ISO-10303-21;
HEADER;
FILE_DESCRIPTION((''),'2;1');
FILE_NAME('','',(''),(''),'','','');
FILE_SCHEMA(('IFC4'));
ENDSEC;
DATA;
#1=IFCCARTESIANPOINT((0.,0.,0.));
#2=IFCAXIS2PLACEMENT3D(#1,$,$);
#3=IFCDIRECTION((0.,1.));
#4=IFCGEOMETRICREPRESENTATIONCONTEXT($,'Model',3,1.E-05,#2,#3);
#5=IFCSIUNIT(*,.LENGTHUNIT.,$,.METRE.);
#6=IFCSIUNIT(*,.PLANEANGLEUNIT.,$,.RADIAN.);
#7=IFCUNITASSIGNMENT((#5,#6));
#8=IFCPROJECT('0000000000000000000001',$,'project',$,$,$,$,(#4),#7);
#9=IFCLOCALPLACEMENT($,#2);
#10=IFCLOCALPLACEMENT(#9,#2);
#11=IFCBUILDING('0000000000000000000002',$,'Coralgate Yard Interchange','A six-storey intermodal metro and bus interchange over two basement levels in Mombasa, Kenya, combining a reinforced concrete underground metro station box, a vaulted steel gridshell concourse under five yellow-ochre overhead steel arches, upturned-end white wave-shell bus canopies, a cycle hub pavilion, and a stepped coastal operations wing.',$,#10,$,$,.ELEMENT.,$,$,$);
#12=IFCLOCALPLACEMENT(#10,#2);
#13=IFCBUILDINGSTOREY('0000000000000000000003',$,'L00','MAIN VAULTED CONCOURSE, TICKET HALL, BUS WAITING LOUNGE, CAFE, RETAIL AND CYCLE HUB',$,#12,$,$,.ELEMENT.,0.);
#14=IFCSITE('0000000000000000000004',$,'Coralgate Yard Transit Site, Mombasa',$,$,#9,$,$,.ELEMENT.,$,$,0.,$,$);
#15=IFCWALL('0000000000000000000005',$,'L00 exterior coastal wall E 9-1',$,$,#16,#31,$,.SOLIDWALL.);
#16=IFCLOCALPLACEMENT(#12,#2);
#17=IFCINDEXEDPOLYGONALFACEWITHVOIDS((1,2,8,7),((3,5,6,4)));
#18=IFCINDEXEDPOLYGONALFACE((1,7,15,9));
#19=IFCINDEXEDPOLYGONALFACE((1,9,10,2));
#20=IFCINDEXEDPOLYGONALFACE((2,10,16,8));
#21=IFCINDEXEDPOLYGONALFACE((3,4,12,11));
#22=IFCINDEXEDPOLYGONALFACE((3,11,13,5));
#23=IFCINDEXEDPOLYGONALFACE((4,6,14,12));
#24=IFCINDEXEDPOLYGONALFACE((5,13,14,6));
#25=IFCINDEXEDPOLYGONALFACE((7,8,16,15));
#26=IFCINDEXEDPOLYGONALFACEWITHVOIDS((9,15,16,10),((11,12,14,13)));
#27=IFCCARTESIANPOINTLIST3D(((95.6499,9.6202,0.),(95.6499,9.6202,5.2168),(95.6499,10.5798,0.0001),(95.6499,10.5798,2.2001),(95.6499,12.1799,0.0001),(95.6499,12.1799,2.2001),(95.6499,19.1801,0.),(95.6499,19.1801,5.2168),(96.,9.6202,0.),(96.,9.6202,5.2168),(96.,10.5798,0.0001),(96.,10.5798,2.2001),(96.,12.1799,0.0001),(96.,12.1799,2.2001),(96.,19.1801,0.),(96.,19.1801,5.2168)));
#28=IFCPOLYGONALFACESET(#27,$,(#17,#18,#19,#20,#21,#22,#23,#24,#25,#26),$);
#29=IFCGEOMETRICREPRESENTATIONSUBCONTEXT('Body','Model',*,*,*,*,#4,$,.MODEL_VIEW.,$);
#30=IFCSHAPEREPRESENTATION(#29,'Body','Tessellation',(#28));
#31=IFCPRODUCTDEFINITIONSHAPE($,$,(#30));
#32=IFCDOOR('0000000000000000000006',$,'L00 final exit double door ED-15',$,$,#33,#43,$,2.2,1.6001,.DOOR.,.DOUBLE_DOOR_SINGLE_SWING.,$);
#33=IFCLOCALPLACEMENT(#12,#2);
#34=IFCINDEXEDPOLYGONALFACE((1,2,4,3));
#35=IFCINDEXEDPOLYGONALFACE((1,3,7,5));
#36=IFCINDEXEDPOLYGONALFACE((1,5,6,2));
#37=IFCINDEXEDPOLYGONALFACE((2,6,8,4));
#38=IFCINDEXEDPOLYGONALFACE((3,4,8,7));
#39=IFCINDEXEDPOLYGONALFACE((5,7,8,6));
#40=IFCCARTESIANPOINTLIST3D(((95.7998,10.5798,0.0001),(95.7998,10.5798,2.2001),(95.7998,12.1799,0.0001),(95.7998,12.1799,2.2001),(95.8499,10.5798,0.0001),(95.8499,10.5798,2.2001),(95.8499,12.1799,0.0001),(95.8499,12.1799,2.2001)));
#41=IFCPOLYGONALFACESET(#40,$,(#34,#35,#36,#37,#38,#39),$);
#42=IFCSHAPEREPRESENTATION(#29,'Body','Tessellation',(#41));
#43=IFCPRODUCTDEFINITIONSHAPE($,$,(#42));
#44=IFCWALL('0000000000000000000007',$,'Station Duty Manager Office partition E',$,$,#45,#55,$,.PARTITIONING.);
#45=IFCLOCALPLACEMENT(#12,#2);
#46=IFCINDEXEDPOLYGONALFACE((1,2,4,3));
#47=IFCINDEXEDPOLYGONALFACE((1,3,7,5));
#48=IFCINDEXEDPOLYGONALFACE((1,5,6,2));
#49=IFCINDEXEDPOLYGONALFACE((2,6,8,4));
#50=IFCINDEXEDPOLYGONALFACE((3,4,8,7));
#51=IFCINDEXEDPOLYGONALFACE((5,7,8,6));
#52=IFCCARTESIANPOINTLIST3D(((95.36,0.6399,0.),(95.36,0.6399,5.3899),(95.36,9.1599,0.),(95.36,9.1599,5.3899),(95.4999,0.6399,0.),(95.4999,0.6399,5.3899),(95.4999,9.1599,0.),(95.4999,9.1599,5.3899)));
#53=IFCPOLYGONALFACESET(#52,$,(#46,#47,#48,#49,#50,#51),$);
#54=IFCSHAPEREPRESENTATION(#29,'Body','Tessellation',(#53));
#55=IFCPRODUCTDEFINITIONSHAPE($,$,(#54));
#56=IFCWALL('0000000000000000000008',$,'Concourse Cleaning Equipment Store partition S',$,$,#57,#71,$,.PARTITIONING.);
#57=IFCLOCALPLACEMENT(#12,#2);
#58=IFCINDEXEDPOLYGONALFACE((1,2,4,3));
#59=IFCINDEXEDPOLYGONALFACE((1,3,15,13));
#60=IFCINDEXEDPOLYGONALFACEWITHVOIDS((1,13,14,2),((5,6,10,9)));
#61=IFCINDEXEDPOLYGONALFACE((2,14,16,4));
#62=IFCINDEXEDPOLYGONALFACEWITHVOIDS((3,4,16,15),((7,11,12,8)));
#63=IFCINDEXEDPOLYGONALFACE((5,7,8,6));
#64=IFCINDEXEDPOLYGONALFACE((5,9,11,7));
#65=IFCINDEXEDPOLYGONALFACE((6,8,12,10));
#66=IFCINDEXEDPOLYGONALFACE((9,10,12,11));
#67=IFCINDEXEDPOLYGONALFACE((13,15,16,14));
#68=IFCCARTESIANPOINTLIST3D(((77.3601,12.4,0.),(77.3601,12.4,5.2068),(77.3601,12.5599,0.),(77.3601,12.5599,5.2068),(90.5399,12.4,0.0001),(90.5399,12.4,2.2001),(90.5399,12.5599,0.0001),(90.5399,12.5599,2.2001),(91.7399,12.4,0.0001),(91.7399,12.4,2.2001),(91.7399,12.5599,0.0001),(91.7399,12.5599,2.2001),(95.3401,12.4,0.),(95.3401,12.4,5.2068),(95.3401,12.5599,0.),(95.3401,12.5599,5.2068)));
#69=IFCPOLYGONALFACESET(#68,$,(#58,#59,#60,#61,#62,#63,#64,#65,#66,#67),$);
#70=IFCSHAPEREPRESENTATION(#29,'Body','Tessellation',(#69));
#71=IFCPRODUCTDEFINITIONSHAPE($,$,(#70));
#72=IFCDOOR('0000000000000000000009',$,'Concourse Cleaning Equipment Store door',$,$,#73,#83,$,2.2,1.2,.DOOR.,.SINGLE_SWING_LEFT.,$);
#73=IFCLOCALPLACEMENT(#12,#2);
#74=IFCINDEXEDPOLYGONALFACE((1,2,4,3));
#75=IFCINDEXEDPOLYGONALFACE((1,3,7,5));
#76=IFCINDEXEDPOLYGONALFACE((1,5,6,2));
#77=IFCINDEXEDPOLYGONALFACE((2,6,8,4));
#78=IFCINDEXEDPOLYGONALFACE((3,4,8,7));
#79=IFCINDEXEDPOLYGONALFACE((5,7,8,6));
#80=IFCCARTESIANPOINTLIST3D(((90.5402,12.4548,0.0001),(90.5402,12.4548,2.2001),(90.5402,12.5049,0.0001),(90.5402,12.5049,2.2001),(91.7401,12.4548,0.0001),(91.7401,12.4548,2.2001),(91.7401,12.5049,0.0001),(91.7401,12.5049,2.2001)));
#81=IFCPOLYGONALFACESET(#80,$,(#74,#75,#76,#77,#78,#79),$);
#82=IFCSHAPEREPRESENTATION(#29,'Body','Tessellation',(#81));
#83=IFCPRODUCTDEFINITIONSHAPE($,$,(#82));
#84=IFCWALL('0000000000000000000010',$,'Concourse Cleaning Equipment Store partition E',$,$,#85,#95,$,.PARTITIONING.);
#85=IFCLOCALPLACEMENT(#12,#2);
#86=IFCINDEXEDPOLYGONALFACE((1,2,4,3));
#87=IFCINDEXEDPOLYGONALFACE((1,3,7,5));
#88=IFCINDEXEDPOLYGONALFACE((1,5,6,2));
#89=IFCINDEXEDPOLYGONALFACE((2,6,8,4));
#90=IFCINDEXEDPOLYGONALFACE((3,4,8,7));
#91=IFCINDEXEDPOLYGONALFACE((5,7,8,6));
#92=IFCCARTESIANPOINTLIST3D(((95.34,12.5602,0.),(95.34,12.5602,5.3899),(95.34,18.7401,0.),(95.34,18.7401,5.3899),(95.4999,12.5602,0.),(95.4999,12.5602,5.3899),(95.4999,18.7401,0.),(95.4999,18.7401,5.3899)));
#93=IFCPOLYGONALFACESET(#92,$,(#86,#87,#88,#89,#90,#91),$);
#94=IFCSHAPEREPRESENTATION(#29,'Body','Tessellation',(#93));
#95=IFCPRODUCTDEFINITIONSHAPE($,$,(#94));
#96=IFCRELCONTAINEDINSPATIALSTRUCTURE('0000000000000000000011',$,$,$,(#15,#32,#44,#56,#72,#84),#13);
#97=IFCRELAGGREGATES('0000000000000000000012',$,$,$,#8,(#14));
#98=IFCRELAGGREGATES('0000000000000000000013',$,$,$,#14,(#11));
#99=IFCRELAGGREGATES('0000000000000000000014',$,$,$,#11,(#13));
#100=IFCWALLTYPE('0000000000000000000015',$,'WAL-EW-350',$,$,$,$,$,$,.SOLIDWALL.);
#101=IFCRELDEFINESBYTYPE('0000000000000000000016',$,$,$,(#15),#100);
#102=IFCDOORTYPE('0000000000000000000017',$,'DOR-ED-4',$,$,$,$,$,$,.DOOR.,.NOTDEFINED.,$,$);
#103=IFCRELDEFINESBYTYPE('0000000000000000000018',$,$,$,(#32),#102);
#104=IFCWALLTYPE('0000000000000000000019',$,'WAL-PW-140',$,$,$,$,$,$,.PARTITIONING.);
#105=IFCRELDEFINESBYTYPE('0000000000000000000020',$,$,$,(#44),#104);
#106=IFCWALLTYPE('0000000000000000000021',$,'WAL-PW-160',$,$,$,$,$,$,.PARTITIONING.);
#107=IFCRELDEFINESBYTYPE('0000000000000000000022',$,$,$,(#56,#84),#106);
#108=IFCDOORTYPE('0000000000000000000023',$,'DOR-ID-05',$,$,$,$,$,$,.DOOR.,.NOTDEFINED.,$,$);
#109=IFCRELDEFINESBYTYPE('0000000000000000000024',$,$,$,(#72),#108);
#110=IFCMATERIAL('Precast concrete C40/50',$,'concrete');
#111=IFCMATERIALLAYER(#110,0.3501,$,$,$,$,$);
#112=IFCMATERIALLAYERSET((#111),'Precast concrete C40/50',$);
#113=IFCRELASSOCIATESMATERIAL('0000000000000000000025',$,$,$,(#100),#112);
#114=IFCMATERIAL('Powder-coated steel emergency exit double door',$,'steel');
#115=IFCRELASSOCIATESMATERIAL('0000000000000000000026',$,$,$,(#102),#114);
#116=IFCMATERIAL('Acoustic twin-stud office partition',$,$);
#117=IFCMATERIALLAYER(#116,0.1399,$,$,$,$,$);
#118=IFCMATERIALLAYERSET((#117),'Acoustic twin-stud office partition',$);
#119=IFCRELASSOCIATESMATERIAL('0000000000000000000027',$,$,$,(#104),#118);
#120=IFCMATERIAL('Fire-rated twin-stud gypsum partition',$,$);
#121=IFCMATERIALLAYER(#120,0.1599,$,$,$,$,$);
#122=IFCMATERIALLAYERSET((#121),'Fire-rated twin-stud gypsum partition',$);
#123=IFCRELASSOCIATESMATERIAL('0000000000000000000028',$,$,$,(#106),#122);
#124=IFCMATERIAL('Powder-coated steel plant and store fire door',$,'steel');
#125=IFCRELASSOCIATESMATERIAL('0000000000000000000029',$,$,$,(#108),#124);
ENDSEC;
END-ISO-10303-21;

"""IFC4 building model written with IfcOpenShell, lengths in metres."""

from ifc_helpers import new_model, si_unit, direction, frame, frame_2d, origin, place, context, subcontext, project, spatial, rectangle, extrude, material, layer, layer_set, type_object, element, fill, save


model = new_model("IFC4")

# Units and contexts
model_context = context("Model", 3, precision=1e-05, world=origin(), true_north=direction((0.0, 1.0)))
body_context = subcontext(model_context, "Body", "Model", "MODEL_VIEW")
ifc_project = project(units=[si_unit("LENGTHUNIT", "METRE"), si_unit("PLANEANGLEUNIT", "RADIAN")], contexts=[model_context])

# Site, building, storey
site_placement = place(None, origin())
site = spatial("IfcSite", under=ifc_project, at=site_placement, Name="Coralgate Yard Transit Site, Mombasa", CompositionType="ELEMENT", RefElevation=0.0)
building_placement = place(site_placement, origin())
building = spatial("IfcBuilding", under=site, at=building_placement, Name="Coralgate Yard Interchange", Description="A six-storey intermodal metro and bus interchange over two basement levels in Mombasa, Kenya, combining a reinforced concrete underground metro station box, a vaulted steel gridshell concourse under five yellow-ochre overhead steel arches, upturned-end white wave-shell bus canopies, a cycle hub pavilion, and a stepped coastal operations wing.", CompositionType="ELEMENT")
storey_placement = place(building_placement, origin())
storey = spatial("IfcBuildingStorey", under=building, at=storey_placement, Name="L00", Description="MAIN VAULTED CONCOURSE, TICKET HALL, BUS WAITING LOUNGE, CAFE, RETAIL AND CYCLE HUB", CompositionType="ELEMENT", Elevation=0.0)

# Wall, opening, door
ifc_material_1 = material(Name="Precast concrete C40/50", Category="concrete")
ifc_layer_1 = layer(ifc_material_1, 0.3501)
ifc_layer_set_1 = layer_set([ifc_layer_1], Name="Precast concrete C40/50")
wall_type_1 = type_object("IfcWallType", Name="WAL-EW-350", PredefinedType="SOLIDWALL", material=ifc_layer_set_1)
wall_1_placement = place(storey_placement, frame((95.825, 19.1799, 0.0), z_axis=(0.0, 0.0, 1.0), x_axis=(0.0, -1.0, 0.0)))
wall_1 = element("IfcWall", 1, at=wall_1_placement, inside=storey, type_object=wall_type_1, Name="L00 exterior coastal wall E 9-1", PredefinedType="SOLIDWALL", context=body_context, shape_type="SweptSolid", body=[
    extrude(rectangle(XDim=9.5598, YDim=0.3501, at=frame_2d((4.7798, 0.0))), origin(), (0.0, 0.0, 1.0), 5.2168),
])
opening_1_placement = place(wall_1_placement, frame((7.0, 0.0, 0.0)))
opening_1 = element("IfcOpeningElement", 2, at=opening_1_placement, cuts=wall_1, PredefinedType="OPENING", context=body_context, shape_type="SweptSolid", body=[
    extrude(rectangle(XDim=1.6001, YDim=2.2, at=frame_2d((0.8, 1.1001))), frame((0.0, 0.1851, 0.0), z_axis=(0.0, -1.0, 0.0), x_axis=(1.0, 0.0, 0.0)), (0.0, 0.0, 1.0), 0.3701),
])
ifc_material_2 = material(Name="Powder-coated steel emergency exit double door", Category="steel")
door_type_1 = type_object("IfcDoorType", Name="DOR-ED-4", OperationType="NOTDEFINED", PredefinedType="DOOR", material=ifc_material_2)
door_1_placement = place(opening_1_placement, origin())
door_1 = element("IfcDoor", 3, at=door_1_placement, inside=storey, type_object=door_type_1, Name="L00 final exit double door ED-15", OperationType="DOUBLE_DOOR_SINGLE_SWING", OverallHeight=2.2, OverallWidth=1.6001, PredefinedType="DOOR", context=body_context, shape_type="SweptSolid", body=[
    extrude(rectangle(XDim=1.6001, YDim=2.2, at=frame_2d((0.8, 1.1001))), frame((0.0, 0.0249, 0.0), z_axis=(0.0, -1.0, 0.0), x_axis=(1.0, 0.0, 0.0)), (0.0, 0.0, 1.0), 0.05),
])
fill(opening_1, door_1)

# Wall
ifc_material_3 = material(Name="Acoustic twin-stud office partition")
ifc_layer_2 = layer(ifc_material_3, 0.1399)
ifc_layer_set_2 = layer_set([ifc_layer_2], Name="Acoustic twin-stud office partition")
wall_type_2 = type_object("IfcWallType", Name="WAL-PW-140", PredefinedType="PARTITIONING", material=ifc_layer_set_2)
wall_2_placement = place(storey_placement, frame((95.4299, 9.1599, 0.0), z_axis=(0.0, 0.0, 1.0), x_axis=(0.0, -1.0, 0.0)))
element("IfcWall", 4, at=wall_2_placement, inside=storey, type_object=wall_type_2, Name="Station Duty Manager Office partition E", PredefinedType="PARTITIONING", context=body_context, shape_type="SweptSolid", body=[
    extrude(rectangle(XDim=8.52, YDim=0.1399, at=frame_2d((4.26, 0.0))), origin(), (0.0, 0.0, 1.0), 5.3899),
])

# Wall, opening, door
ifc_material_4 = material(Name="Fire-rated twin-stud gypsum partition")
ifc_layer_3 = layer(ifc_material_4, 0.1599)
ifc_layer_set_3 = layer_set([ifc_layer_3], Name="Fire-rated twin-stud gypsum partition")
wall_type_3 = type_object("IfcWallType", Name="WAL-PW-160", PredefinedType="PARTITIONING", material=ifc_layer_set_3)
wall_3_placement = place(storey_placement, frame((95.3401, 12.48, 0.0), z_axis=(0.0, 0.0, 1.0), x_axis=(-1.0, 0.0, 0.0)))
wall_3 = element("IfcWall", 5, at=wall_3_placement, inside=storey, type_object=wall_type_3, Name="Concourse Cleaning Equipment Store partition S", PredefinedType="PARTITIONING", context=body_context, shape_type="SweptSolid", body=[
    extrude(rectangle(XDim=17.98, YDim=0.1599, at=frame_2d((8.99, 0.0))), origin(), (0.0, 0.0, 1.0), 5.2068),
])
opening_2_placement = place(wall_3_placement, frame((3.6001, 0.0, 0.0)))
opening_2 = element("IfcOpeningElement", 6, at=opening_2_placement, cuts=wall_3, PredefinedType="OPENING", context=body_context, shape_type="SweptSolid", body=[
    extrude(rectangle(XDim=1.2, YDim=2.2, at=frame_2d((0.6001, 1.1001))), frame((0.0, 0.0898, 0.0), z_axis=(0.0, -1.0, 0.0), x_axis=(1.0, 0.0, 0.0)), (0.0, 0.0, 1.0), 0.1799),
])
ifc_material_5 = material(Name="Powder-coated steel plant and store fire door", Category="steel")
door_type_2 = type_object("IfcDoorType", Name="DOR-ID-05", OperationType="NOTDEFINED", PredefinedType="DOOR", material=ifc_material_5)
door_2_placement = place(opening_2_placement, frame((1.2, 0.0, 0.0), z_axis=(0.0, 0.0, 1.0), x_axis=(-1.0, 0.0, 0.0)))
door_2 = element("IfcDoor", 7, at=door_2_placement, inside=storey, type_object=door_type_2, Name="Concourse Cleaning Equipment Store door", OperationType="SINGLE_SWING_LEFT", OverallHeight=2.2, OverallWidth=1.2, PredefinedType="DOOR", context=body_context, shape_type="SweptSolid", body=[
    extrude(rectangle(XDim=1.2, YDim=2.2, at=frame_2d((0.6001, 1.1001))), frame((0.0, 0.0249, 0.0), z_axis=(0.0, -1.0, 0.0), x_axis=(1.0, 0.0, 0.0)), (0.0, 0.0, 1.0), 0.05),
])
fill(opening_2, door_2)

# Wall
wall_4_placement = place(storey_placement, frame((95.4199, 18.74, 0.0), z_axis=(0.0, 0.0, 1.0), x_axis=(0.0, -1.0, 0.0)))
element("IfcWall", 8, at=wall_4_placement, inside=storey, type_object=wall_type_3, Name="Concourse Cleaning Equipment Store partition E", PredefinedType="PARTITIONING", context=body_context, shape_type="SweptSolid", body=[
    extrude(rectangle(XDim=6.1799, YDim=0.1599, at=frame_2d((3.0898, 0.0))), origin(), (0.0, 0.0, 1.0), 5.3899),
])

save(model, "model.ifc")
